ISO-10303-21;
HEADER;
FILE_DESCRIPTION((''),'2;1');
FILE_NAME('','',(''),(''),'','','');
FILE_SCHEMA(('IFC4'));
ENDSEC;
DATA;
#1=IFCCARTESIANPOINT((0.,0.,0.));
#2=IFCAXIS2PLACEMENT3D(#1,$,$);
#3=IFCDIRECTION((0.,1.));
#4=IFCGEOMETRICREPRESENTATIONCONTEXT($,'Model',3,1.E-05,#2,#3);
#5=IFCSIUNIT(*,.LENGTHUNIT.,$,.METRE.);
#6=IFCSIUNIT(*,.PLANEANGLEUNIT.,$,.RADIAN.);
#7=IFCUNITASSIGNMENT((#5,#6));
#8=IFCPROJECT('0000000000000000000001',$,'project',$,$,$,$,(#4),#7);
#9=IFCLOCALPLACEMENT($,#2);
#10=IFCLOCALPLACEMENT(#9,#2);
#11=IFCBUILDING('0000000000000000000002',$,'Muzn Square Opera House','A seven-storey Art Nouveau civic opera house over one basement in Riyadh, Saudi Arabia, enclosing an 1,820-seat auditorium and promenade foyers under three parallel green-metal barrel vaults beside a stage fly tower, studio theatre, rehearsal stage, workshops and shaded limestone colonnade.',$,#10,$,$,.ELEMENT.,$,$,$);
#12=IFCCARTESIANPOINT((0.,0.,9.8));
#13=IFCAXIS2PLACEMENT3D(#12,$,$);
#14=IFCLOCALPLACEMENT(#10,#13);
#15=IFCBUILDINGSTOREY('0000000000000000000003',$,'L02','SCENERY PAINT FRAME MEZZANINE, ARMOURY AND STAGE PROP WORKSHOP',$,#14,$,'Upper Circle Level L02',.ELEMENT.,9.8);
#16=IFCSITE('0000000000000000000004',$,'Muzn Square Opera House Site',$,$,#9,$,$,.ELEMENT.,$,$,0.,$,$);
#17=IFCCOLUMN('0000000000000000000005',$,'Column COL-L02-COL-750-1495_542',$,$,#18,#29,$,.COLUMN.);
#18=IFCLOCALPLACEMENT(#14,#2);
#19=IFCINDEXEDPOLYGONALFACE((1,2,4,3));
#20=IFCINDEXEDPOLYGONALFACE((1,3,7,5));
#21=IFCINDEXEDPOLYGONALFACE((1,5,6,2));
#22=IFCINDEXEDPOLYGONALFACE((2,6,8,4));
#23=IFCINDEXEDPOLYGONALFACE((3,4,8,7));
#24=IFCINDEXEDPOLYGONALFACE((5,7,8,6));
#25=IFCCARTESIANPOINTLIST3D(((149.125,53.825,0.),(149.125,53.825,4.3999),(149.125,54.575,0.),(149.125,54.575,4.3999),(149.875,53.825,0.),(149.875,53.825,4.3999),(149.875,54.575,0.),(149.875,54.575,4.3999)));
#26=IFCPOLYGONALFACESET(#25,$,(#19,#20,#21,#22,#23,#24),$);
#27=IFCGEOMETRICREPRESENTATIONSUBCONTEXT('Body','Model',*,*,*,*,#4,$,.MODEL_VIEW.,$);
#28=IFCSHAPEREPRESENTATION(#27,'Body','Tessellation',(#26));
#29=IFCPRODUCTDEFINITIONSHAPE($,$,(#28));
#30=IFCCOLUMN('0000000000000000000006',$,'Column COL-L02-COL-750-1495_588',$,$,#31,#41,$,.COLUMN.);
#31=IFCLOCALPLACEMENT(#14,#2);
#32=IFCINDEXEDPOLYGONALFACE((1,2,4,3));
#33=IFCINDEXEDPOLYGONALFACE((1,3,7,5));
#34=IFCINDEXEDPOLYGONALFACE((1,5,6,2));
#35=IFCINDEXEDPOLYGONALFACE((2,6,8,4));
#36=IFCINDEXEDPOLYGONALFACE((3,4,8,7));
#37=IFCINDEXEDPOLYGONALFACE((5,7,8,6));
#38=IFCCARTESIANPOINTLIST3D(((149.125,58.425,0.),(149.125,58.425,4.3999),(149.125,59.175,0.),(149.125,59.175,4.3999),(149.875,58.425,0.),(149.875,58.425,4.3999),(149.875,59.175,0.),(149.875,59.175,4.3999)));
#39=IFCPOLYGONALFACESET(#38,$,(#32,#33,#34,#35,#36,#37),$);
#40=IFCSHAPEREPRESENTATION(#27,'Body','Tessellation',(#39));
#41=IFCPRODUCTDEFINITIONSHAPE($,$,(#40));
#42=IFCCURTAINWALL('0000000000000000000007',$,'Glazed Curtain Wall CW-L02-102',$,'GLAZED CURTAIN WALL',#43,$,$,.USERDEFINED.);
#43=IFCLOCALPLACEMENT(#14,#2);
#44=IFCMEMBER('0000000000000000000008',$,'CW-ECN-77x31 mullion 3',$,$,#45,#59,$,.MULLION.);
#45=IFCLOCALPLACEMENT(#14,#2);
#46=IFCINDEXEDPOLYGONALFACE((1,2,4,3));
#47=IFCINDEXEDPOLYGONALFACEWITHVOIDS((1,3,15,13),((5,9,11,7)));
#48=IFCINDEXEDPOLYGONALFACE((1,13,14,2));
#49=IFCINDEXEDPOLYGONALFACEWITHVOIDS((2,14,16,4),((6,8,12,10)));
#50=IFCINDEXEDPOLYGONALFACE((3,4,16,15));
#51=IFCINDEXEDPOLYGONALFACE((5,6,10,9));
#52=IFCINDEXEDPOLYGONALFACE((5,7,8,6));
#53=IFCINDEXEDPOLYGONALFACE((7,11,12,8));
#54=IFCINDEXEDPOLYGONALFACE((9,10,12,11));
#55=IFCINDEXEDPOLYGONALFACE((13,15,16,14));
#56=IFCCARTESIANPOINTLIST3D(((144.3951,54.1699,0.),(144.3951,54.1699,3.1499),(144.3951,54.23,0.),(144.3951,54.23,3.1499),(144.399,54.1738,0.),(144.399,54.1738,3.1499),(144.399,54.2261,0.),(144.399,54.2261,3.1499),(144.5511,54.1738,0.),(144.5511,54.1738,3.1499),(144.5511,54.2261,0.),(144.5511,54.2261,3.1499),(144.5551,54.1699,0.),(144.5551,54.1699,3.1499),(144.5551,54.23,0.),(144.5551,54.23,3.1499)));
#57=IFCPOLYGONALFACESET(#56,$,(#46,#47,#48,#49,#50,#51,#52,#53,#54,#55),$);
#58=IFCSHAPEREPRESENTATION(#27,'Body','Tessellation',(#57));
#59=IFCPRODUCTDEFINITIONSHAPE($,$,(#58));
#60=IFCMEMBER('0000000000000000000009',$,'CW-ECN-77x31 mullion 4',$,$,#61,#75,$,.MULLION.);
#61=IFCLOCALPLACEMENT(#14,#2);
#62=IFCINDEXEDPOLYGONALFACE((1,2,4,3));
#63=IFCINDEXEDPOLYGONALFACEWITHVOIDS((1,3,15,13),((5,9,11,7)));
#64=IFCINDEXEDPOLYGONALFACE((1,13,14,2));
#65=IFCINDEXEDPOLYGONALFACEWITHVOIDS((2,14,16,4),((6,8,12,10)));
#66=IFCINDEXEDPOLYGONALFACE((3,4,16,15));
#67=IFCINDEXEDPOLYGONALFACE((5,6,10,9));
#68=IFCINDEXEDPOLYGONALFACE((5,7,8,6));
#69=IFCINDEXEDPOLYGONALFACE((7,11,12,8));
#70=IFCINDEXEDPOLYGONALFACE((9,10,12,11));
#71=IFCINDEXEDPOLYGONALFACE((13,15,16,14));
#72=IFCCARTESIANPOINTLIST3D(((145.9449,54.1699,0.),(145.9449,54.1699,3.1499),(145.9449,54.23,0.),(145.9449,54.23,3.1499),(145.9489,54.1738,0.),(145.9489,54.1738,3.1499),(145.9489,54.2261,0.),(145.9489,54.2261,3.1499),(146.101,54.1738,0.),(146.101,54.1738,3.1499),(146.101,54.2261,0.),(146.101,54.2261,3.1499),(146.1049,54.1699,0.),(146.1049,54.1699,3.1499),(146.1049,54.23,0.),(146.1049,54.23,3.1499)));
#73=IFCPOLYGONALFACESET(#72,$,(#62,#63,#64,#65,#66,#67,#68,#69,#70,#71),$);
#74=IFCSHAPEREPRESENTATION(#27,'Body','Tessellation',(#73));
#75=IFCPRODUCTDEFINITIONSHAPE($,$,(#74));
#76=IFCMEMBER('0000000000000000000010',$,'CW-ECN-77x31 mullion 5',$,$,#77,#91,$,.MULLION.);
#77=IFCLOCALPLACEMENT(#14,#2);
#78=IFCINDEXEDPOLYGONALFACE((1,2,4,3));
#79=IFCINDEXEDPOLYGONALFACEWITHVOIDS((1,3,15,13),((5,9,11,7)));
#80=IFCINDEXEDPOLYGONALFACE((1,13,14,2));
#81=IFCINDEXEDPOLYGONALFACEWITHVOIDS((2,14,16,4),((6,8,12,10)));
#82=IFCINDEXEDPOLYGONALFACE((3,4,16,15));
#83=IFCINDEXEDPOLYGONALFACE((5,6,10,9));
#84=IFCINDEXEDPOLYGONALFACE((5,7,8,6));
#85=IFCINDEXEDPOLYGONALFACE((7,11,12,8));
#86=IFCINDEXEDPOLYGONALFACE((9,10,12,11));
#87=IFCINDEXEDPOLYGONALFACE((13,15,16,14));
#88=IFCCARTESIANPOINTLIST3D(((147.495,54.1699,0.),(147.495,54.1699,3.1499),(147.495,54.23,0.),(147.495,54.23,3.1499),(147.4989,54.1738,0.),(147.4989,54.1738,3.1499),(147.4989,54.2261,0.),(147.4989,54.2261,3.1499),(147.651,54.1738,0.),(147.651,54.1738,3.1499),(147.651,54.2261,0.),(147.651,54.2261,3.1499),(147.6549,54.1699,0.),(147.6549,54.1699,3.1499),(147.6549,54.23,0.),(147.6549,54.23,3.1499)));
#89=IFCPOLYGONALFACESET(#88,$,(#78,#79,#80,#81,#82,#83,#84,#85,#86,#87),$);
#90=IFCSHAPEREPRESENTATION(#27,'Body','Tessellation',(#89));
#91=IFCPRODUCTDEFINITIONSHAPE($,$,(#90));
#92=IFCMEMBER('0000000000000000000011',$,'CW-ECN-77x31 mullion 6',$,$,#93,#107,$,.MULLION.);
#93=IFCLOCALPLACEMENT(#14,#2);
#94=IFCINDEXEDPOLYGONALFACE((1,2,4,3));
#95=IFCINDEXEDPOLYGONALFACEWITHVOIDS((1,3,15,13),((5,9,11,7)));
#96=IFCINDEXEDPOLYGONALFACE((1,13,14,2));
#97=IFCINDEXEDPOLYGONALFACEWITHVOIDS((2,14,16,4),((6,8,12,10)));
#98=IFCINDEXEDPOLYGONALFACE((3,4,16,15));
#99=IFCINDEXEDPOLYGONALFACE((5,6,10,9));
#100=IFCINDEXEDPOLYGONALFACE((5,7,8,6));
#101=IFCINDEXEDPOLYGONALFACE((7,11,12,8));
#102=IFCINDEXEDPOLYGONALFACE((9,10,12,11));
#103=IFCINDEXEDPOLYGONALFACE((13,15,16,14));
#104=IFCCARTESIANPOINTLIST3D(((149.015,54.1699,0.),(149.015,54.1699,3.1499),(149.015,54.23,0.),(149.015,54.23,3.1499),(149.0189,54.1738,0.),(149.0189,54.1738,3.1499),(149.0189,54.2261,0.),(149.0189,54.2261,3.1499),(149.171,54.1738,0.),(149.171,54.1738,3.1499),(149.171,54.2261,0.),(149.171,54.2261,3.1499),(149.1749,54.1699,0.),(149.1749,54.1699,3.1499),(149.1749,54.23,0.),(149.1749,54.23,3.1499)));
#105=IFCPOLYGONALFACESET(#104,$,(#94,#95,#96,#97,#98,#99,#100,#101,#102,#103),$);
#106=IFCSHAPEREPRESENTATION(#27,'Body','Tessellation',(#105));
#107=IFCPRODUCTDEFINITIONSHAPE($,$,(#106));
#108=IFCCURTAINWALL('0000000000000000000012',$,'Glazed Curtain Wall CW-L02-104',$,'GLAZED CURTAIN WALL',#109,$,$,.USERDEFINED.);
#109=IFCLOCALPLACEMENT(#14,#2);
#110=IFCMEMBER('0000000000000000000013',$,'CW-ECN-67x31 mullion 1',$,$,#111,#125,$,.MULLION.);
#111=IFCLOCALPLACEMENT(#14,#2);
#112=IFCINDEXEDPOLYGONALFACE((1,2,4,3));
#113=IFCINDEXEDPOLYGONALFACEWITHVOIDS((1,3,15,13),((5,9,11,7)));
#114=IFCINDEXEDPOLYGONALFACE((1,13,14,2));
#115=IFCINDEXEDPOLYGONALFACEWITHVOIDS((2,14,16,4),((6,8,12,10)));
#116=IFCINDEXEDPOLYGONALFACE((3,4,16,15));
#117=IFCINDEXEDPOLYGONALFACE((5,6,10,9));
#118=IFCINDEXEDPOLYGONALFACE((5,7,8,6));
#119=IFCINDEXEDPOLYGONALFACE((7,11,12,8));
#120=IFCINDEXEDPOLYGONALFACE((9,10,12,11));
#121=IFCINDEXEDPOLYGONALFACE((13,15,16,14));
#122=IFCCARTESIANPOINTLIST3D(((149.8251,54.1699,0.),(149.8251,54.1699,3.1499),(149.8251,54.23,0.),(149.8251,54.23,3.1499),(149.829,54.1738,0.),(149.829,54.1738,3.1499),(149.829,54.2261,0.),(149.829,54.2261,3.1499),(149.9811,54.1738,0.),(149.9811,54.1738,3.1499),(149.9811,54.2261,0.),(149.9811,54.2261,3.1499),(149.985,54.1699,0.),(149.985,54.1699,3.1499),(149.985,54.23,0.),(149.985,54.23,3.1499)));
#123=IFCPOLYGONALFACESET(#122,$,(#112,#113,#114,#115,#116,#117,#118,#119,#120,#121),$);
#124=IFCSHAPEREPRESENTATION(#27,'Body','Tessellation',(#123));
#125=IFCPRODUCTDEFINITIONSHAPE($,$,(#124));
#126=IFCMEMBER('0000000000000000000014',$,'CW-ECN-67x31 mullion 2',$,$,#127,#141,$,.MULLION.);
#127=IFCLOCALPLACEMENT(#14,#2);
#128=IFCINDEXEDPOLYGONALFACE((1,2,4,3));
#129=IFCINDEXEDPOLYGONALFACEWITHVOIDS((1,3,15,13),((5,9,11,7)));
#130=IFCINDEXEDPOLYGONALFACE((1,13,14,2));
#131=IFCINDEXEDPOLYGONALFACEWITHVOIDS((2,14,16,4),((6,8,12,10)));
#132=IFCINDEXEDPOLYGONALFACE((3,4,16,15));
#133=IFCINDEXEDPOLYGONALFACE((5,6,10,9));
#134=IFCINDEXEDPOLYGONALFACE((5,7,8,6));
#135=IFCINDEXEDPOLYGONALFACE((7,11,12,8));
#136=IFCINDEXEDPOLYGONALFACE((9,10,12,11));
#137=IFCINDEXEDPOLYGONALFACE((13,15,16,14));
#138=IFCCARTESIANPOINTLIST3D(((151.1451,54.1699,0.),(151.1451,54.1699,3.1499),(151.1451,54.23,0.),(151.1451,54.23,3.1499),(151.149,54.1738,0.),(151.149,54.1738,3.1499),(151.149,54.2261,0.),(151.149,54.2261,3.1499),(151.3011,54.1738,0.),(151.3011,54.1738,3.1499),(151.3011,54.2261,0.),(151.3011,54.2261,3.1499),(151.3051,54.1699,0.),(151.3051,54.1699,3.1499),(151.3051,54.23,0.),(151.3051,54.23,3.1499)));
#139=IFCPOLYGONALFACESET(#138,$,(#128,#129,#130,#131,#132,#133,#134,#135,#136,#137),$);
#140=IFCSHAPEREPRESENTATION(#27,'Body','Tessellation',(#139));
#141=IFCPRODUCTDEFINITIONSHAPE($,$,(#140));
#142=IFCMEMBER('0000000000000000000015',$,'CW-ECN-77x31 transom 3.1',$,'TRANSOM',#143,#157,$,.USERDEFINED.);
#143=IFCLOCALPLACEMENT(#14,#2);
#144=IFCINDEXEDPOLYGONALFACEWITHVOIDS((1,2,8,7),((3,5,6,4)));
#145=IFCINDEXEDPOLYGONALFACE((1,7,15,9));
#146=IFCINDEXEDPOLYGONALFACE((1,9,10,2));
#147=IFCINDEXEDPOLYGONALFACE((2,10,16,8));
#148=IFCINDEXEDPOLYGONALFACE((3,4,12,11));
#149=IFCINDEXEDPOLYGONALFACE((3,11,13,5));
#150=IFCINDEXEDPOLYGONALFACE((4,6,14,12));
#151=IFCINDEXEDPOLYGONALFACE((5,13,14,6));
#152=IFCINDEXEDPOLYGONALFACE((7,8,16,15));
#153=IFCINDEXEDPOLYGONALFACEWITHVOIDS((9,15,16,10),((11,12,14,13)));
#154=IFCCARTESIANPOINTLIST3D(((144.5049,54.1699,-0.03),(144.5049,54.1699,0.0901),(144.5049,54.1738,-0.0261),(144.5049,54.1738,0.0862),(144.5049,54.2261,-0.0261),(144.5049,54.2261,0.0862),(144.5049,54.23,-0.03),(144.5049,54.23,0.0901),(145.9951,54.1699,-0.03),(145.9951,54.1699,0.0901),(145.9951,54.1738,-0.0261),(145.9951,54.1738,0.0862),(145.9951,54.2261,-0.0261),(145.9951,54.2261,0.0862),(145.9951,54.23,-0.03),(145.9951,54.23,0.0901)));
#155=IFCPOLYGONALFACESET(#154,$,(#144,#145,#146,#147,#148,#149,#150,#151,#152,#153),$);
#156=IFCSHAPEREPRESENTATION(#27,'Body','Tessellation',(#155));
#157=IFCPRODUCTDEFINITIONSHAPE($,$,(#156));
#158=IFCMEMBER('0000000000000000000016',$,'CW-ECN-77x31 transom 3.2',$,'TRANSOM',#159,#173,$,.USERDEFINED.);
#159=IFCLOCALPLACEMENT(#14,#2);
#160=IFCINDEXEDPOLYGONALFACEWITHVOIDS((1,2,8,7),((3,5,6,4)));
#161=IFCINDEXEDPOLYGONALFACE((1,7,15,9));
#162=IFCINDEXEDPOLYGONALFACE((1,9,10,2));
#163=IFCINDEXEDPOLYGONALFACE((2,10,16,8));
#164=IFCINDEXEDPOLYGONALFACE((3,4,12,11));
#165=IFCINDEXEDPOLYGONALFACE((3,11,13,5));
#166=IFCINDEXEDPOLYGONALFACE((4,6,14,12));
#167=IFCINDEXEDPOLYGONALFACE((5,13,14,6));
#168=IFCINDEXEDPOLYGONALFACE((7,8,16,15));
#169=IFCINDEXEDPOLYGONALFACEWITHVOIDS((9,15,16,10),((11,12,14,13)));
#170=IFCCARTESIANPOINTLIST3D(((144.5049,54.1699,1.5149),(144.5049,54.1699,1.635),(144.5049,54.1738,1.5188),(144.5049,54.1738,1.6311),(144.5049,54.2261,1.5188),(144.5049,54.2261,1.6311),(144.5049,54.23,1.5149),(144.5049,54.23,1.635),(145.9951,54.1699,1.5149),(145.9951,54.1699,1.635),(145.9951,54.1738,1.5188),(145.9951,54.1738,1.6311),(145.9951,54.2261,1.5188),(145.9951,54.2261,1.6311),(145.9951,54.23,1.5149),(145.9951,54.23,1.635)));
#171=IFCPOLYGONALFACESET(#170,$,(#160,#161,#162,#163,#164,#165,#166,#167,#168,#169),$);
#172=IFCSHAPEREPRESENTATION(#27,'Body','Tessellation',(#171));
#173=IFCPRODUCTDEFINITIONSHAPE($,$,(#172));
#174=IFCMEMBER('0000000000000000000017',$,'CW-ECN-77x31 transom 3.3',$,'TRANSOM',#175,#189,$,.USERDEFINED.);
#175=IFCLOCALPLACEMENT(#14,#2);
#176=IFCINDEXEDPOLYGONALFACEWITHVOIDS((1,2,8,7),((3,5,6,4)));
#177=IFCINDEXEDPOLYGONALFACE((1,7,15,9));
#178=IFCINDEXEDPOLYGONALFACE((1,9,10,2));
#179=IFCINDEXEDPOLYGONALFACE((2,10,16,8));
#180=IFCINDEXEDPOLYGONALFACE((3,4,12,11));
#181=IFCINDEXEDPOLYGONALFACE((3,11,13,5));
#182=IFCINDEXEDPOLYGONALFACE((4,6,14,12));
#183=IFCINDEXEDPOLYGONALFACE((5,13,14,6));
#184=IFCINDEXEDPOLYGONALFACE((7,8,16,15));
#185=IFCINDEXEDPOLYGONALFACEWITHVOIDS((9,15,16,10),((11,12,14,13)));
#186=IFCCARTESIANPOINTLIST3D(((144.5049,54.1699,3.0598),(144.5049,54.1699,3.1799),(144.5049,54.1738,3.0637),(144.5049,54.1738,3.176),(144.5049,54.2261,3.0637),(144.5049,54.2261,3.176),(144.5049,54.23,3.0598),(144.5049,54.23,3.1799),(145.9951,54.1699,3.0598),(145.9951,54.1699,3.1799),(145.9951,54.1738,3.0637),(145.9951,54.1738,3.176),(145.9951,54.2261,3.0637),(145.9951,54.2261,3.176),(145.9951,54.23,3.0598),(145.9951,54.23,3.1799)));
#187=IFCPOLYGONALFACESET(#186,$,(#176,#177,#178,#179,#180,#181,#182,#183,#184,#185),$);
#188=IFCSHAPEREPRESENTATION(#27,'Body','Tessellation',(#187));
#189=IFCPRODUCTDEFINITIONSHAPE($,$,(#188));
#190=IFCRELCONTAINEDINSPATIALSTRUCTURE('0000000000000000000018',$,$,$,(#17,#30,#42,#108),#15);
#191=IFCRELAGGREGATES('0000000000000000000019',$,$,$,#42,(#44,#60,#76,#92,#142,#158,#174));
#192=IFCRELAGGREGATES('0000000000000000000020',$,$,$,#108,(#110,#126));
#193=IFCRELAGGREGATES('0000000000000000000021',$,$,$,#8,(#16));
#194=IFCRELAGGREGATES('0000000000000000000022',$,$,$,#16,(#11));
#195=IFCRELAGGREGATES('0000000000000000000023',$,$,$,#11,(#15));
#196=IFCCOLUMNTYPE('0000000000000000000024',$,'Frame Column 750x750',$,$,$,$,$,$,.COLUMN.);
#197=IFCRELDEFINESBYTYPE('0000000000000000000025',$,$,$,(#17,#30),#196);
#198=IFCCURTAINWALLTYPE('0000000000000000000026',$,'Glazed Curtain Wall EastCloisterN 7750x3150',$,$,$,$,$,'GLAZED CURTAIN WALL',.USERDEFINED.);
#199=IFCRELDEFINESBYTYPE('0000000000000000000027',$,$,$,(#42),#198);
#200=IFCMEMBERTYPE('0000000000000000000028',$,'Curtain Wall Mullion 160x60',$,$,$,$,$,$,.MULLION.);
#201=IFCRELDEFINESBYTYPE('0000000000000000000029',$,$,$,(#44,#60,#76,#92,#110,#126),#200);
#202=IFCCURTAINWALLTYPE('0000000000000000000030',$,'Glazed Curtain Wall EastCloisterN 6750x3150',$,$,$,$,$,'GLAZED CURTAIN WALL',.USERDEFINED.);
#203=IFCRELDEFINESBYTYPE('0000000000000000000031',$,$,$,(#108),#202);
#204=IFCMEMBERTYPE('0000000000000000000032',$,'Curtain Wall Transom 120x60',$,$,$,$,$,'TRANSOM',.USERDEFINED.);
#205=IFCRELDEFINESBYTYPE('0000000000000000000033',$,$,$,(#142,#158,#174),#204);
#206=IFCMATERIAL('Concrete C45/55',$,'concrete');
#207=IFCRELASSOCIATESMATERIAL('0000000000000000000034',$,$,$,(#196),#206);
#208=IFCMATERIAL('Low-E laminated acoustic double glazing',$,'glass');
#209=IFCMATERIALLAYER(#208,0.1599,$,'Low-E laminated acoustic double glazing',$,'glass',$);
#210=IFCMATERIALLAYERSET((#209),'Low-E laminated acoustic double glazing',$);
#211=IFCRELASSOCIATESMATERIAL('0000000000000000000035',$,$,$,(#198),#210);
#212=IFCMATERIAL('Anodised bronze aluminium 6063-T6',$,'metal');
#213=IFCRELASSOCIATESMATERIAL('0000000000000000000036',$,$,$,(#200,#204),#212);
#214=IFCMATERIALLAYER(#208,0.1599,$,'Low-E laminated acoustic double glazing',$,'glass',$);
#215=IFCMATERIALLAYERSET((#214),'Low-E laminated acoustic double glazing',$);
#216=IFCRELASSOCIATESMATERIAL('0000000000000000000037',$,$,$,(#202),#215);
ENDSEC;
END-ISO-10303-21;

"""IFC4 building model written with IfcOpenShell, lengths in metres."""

from ifc_helpers import new_model, si_unit, direction, frame, origin, origin_2d, place, context, subcontext, project, spatial, rectangle, hollow_rectangle, extrude, material, layer, layer_set, material_profile, profile_set, type_object, element, aggregate, save


model = new_model("IFC4")

# Units and contexts
model_context = context("Model", 3, precision=1e-05, world=origin(), true_north=direction((0.0, 1.0)))
body_context = subcontext(model_context, "Body", "Model", "MODEL_VIEW")
ifc_project = project(units=[si_unit("LENGTHUNIT", "METRE"), si_unit("PLANEANGLEUNIT", "RADIAN")], contexts=[model_context])

# Site, building, storey
site_placement = place(None, origin())
site = spatial("IfcSite", under=ifc_project, at=site_placement, Name="Muzn Square Opera House Site", CompositionType="ELEMENT", RefElevation=0.0)
building_placement = place(site_placement, origin())
building = spatial("IfcBuilding", under=site, at=building_placement, Name="Muzn Square Opera House", Description="A seven-storey Art Nouveau civic opera house over one basement in Riyadh, Saudi Arabia, enclosing an 1,820-seat auditorium and promenade foyers under three parallel green-metal barrel vaults beside a stage fly tower, studio theatre, rehearsal stage, workshops and shaded limestone colonnade.", CompositionType="ELEMENT")
storey_placement = place(building_placement, frame((0.0, 0.0, 9.8)))
storey = spatial("IfcBuildingStorey", under=building, at=storey_placement, Name="L02", Description="SCENERY PAINT FRAME MEZZANINE, ARMOURY AND STAGE PROP WORKSHOP", LongName="Upper Circle Level L02", CompositionType="ELEMENT", Elevation=9.8)

# Columns
ifc_material_1 = material(Name="Concrete C45/55", Category="concrete")
ifc_material_profile_1 = material_profile(ifc_material_1, rectangle(XDim=0.75, YDim=0.75, at=origin_2d()), Name="RC 750x750", Category="concrete")
ifc_profile_set_1 = profile_set([ifc_material_profile_1], Name="Concrete C45/55")
column_type = type_object("IfcColumnType", Name="Frame Column 750x750", PredefinedType="COLUMN", material=ifc_profile_set_1)
for number, where, z_axis, x_axis, name in (
    (1, (149.5, 54.2, 0.0), (0.0, 0.0, 1.0), (1.0, 0.0, 0.0), "Column COL-L02-COL-750-1495_542"),
    (2, (149.5, 58.8, 0.0), (0.0, 0.0, 1.0), (1.0, 0.0, 0.0), "Column COL-L02-COL-750-1495_588"),
):
    element("IfcColumn", number, at=place(storey_placement, frame(where, z_axis=z_axis, x_axis=x_axis)), inside=storey, type_object=column_type, Name=name, PredefinedType="COLUMN", context=body_context, shape_type="SweptSolid", body=[
        extrude(rectangle(XDim=0.75, YDim=0.75, at=origin_2d()), origin(), (0.0, 0.0, 1.0), 4.3999),
    ])

# Curtain walls, members
ifc_material_2 = material(Name="Low-E laminated acoustic double glazing", Category="glass")
ifc_layer_1 = layer(ifc_material_2, 0.1599, Name="Low-E laminated acoustic double glazing", Category="glass")
ifc_layer_set_1 = layer_set([ifc_layer_1], Name="Low-E laminated acoustic double glazing")
curtain_wall_type_1 = type_object("IfcCurtainWallType", Name="Glazed Curtain Wall EastCloisterN 7750x3150", ElementType="GLAZED CURTAIN WALL", PredefinedType="USERDEFINED", material=ifc_layer_set_1)
curtain_wall_1_placement = place(storey_placement, origin())
curtain_wall_1 = element("IfcCurtainWall", 3, at=curtain_wall_1_placement, inside=storey, type_object=curtain_wall_type_1, Name="Glazed Curtain Wall CW-L02-102", ObjectType="GLAZED CURTAIN WALL", PredefinedType="USERDEFINED")
ifc_material_3 = material(Name="Anodised bronze aluminium 6063-T6", Category="metal")
ifc_material_profile_2 = material_profile(ifc_material_3, hollow_rectangle(XDim=0.0601, YDim=0.1599, WallThickness=0.0039, at=origin_2d()), Name="ALU 160x60x4", Category="metal")
ifc_profile_set_2 = profile_set([ifc_material_profile_2], Name="Anodised bronze aluminium 6063-T6")
member_type_1 = type_object("IfcMemberType", Name="Curtain Wall Mullion 160x60", PredefinedType="MULLION", material=ifc_profile_set_2)
member_1_placement = place(storey_placement, frame((144.4751, 54.2, 0.0), z_axis=(0.0, 0.0, 1.0), x_axis=(0.0, 1.0, 0.0)))
member_1 = element("IfcMember", 4, at=member_1_placement, type_object=member_type_1, Name="CW-ECN-77x31 mullion 3", PredefinedType="MULLION", context=body_context, shape_type="SweptSolid", body=[
    extrude(hollow_rectangle(XDim=0.0601, YDim=0.1599, WallThickness=0.0039, at=origin_2d()), origin(), (0.0, 0.0, 1.0), 3.1499),
])
member_2_placement = place(storey_placement, frame((146.0249, 54.2, 0.0), z_axis=(0.0, 0.0, 1.0), x_axis=(0.0, 1.0, 0.0)))
member_2 = element("IfcMember", 5, at=member_2_placement, type_object=member_type_1, Name="CW-ECN-77x31 mullion 4", PredefinedType="MULLION", context=body_context, shape_type="SweptSolid", body=[
    extrude(hollow_rectangle(XDim=0.0601, YDim=0.1599, WallThickness=0.0039, at=origin_2d()), origin(), (0.0, 0.0, 1.0), 3.1499),
])
member_3_placement = place(storey_placement, frame((147.575, 54.2, 0.0), z_axis=(0.0, 0.0, 1.0), x_axis=(0.0, 1.0, 0.0)))
member_3 = element("IfcMember", 6, at=member_3_placement, type_object=member_type_1, Name="CW-ECN-77x31 mullion 5", PredefinedType="MULLION", context=body_context, shape_type="SweptSolid", body=[
    extrude(hollow_rectangle(XDim=0.0601, YDim=0.1599, WallThickness=0.0039, at=origin_2d()), origin(), (0.0, 0.0, 1.0), 3.1499),
])
member_4_placement = place(storey_placement, frame((149.095, 54.2, 0.0), z_axis=(0.0, 0.0, 1.0), x_axis=(0.0, 1.0, 0.0)))
member_4 = element("IfcMember", 7, at=member_4_placement, type_object=member_type_1, Name="CW-ECN-77x31 mullion 6", PredefinedType="MULLION", context=body_context, shape_type="SweptSolid", body=[
    extrude(hollow_rectangle(XDim=0.0601, YDim=0.1599, WallThickness=0.0039, at=origin_2d()), origin(), (0.0, 0.0, 1.0), 3.1499),
])
ifc_layer_2 = layer(ifc_material_2, 0.1599, Name="Low-E laminated acoustic double glazing", Category="glass")
ifc_layer_set_2 = layer_set([ifc_layer_2], Name="Low-E laminated acoustic double glazing")
curtain_wall_type_2 = type_object("IfcCurtainWallType", Name="Glazed Curtain Wall EastCloisterN 6750x3150", ElementType="GLAZED CURTAIN WALL", PredefinedType="USERDEFINED", material=ifc_layer_set_2)
curtain_wall_2_placement = place(storey_placement, origin())
curtain_wall_2 = element("IfcCurtainWall", 8, at=curtain_wall_2_placement, inside=storey, type_object=curtain_wall_type_2, Name="Glazed Curtain Wall CW-L02-104", ObjectType="GLAZED CURTAIN WALL", PredefinedType="USERDEFINED")
member_5_placement = place(storey_placement, frame((149.905, 54.2, 0.0), z_axis=(0.0, 0.0, 1.0), x_axis=(0.0, 1.0, 0.0)))
member_5 = element("IfcMember", 9, at=member_5_placement, type_object=member_type_1, Name="CW-ECN-67x31 mullion 1", PredefinedType="MULLION", context=body_context, shape_type="SweptSolid", body=[
    extrude(hollow_rectangle(XDim=0.0601, YDim=0.1599, WallThickness=0.0039, at=origin_2d()), origin(), (0.0, 0.0, 1.0), 3.1499),
])
member_6_placement = place(storey_placement, frame((151.2251, 54.2, 0.0), z_axis=(0.0, 0.0, 1.0), x_axis=(0.0, 1.0, 0.0)))
member_6 = element("IfcMember", 10, at=member_6_placement, type_object=member_type_1, Name="CW-ECN-67x31 mullion 2", PredefinedType="MULLION", context=body_context, shape_type="SweptSolid", body=[
    extrude(hollow_rectangle(XDim=0.0601, YDim=0.1599, WallThickness=0.0039, at=origin_2d()), origin(), (0.0, 0.0, 1.0), 3.1499),
])

# Members
ifc_material_profile_3 = material_profile(ifc_material_3, hollow_rectangle(XDim=0.0601, YDim=0.1201, WallThickness=0.0039, at=origin_2d()), Name="ALU 120x60x4", Category="metal")
ifc_profile_set_3 = profile_set([ifc_material_profile_3], Name="Anodised bronze aluminium 6063-T6")
member_type_2 = type_object("IfcMemberType", Name="Curtain Wall Transom 120x60", ElementType="TRANSOM", PredefinedType="USERDEFINED", material=ifc_profile_set_3)
member_7_placement = place(storey_placement, frame((144.5049, 54.2, 0.03), z_axis=(1.0, 0.0, 0.0), x_axis=(0.0, 1.0, 0.0)))
member_7 = element("IfcMember", 11, at=member_7_placement, type_object=member_type_2, Name="CW-ECN-77x31 transom 3.1", ObjectType="TRANSOM", PredefinedType="USERDEFINED", context=body_context, shape_type="SweptSolid", body=[
    extrude(hollow_rectangle(XDim=0.0601, YDim=0.1201, WallThickness=0.0039, at=origin_2d()), origin(), (0.0, 0.0, 1.0), 1.4902),
])
member_8_placement = place(storey_placement, frame((144.5049, 54.2, 1.575), z_axis=(1.0, 0.0, 0.0), x_axis=(0.0, 1.0, 0.0)))
member_8 = element("IfcMember", 12, at=member_8_placement, type_object=member_type_2, Name="CW-ECN-77x31 transom 3.2", ObjectType="TRANSOM", PredefinedType="USERDEFINED", context=body_context, shape_type="SweptSolid", body=[
    extrude(hollow_rectangle(XDim=0.0601, YDim=0.1201, WallThickness=0.0039, at=origin_2d()), origin(), (0.0, 0.0, 1.0), 1.4902),
])
member_9_placement = place(storey_placement, frame((144.5049, 54.2, 3.1199), z_axis=(1.0, 0.0, 0.0), x_axis=(0.0, 1.0, 0.0)))
member_9 = element("IfcMember", 13, at=member_9_placement, type_object=member_type_2, Name="CW-ECN-77x31 transom 3.3", ObjectType="TRANSOM", PredefinedType="USERDEFINED", context=body_context, shape_type="SweptSolid", body=[
    extrude(hollow_rectangle(XDim=0.0601, YDim=0.1201, WallThickness=0.0039, at=origin_2d()), origin(), (0.0, 0.0, 1.0), 1.4902),
])

aggregate(curtain_wall_1, [member_1, member_2, member_3, member_4, member_7, member_8, member_9])
aggregate(curtain_wall_2, [member_5, member_6])

save(model, "model.ifc")
